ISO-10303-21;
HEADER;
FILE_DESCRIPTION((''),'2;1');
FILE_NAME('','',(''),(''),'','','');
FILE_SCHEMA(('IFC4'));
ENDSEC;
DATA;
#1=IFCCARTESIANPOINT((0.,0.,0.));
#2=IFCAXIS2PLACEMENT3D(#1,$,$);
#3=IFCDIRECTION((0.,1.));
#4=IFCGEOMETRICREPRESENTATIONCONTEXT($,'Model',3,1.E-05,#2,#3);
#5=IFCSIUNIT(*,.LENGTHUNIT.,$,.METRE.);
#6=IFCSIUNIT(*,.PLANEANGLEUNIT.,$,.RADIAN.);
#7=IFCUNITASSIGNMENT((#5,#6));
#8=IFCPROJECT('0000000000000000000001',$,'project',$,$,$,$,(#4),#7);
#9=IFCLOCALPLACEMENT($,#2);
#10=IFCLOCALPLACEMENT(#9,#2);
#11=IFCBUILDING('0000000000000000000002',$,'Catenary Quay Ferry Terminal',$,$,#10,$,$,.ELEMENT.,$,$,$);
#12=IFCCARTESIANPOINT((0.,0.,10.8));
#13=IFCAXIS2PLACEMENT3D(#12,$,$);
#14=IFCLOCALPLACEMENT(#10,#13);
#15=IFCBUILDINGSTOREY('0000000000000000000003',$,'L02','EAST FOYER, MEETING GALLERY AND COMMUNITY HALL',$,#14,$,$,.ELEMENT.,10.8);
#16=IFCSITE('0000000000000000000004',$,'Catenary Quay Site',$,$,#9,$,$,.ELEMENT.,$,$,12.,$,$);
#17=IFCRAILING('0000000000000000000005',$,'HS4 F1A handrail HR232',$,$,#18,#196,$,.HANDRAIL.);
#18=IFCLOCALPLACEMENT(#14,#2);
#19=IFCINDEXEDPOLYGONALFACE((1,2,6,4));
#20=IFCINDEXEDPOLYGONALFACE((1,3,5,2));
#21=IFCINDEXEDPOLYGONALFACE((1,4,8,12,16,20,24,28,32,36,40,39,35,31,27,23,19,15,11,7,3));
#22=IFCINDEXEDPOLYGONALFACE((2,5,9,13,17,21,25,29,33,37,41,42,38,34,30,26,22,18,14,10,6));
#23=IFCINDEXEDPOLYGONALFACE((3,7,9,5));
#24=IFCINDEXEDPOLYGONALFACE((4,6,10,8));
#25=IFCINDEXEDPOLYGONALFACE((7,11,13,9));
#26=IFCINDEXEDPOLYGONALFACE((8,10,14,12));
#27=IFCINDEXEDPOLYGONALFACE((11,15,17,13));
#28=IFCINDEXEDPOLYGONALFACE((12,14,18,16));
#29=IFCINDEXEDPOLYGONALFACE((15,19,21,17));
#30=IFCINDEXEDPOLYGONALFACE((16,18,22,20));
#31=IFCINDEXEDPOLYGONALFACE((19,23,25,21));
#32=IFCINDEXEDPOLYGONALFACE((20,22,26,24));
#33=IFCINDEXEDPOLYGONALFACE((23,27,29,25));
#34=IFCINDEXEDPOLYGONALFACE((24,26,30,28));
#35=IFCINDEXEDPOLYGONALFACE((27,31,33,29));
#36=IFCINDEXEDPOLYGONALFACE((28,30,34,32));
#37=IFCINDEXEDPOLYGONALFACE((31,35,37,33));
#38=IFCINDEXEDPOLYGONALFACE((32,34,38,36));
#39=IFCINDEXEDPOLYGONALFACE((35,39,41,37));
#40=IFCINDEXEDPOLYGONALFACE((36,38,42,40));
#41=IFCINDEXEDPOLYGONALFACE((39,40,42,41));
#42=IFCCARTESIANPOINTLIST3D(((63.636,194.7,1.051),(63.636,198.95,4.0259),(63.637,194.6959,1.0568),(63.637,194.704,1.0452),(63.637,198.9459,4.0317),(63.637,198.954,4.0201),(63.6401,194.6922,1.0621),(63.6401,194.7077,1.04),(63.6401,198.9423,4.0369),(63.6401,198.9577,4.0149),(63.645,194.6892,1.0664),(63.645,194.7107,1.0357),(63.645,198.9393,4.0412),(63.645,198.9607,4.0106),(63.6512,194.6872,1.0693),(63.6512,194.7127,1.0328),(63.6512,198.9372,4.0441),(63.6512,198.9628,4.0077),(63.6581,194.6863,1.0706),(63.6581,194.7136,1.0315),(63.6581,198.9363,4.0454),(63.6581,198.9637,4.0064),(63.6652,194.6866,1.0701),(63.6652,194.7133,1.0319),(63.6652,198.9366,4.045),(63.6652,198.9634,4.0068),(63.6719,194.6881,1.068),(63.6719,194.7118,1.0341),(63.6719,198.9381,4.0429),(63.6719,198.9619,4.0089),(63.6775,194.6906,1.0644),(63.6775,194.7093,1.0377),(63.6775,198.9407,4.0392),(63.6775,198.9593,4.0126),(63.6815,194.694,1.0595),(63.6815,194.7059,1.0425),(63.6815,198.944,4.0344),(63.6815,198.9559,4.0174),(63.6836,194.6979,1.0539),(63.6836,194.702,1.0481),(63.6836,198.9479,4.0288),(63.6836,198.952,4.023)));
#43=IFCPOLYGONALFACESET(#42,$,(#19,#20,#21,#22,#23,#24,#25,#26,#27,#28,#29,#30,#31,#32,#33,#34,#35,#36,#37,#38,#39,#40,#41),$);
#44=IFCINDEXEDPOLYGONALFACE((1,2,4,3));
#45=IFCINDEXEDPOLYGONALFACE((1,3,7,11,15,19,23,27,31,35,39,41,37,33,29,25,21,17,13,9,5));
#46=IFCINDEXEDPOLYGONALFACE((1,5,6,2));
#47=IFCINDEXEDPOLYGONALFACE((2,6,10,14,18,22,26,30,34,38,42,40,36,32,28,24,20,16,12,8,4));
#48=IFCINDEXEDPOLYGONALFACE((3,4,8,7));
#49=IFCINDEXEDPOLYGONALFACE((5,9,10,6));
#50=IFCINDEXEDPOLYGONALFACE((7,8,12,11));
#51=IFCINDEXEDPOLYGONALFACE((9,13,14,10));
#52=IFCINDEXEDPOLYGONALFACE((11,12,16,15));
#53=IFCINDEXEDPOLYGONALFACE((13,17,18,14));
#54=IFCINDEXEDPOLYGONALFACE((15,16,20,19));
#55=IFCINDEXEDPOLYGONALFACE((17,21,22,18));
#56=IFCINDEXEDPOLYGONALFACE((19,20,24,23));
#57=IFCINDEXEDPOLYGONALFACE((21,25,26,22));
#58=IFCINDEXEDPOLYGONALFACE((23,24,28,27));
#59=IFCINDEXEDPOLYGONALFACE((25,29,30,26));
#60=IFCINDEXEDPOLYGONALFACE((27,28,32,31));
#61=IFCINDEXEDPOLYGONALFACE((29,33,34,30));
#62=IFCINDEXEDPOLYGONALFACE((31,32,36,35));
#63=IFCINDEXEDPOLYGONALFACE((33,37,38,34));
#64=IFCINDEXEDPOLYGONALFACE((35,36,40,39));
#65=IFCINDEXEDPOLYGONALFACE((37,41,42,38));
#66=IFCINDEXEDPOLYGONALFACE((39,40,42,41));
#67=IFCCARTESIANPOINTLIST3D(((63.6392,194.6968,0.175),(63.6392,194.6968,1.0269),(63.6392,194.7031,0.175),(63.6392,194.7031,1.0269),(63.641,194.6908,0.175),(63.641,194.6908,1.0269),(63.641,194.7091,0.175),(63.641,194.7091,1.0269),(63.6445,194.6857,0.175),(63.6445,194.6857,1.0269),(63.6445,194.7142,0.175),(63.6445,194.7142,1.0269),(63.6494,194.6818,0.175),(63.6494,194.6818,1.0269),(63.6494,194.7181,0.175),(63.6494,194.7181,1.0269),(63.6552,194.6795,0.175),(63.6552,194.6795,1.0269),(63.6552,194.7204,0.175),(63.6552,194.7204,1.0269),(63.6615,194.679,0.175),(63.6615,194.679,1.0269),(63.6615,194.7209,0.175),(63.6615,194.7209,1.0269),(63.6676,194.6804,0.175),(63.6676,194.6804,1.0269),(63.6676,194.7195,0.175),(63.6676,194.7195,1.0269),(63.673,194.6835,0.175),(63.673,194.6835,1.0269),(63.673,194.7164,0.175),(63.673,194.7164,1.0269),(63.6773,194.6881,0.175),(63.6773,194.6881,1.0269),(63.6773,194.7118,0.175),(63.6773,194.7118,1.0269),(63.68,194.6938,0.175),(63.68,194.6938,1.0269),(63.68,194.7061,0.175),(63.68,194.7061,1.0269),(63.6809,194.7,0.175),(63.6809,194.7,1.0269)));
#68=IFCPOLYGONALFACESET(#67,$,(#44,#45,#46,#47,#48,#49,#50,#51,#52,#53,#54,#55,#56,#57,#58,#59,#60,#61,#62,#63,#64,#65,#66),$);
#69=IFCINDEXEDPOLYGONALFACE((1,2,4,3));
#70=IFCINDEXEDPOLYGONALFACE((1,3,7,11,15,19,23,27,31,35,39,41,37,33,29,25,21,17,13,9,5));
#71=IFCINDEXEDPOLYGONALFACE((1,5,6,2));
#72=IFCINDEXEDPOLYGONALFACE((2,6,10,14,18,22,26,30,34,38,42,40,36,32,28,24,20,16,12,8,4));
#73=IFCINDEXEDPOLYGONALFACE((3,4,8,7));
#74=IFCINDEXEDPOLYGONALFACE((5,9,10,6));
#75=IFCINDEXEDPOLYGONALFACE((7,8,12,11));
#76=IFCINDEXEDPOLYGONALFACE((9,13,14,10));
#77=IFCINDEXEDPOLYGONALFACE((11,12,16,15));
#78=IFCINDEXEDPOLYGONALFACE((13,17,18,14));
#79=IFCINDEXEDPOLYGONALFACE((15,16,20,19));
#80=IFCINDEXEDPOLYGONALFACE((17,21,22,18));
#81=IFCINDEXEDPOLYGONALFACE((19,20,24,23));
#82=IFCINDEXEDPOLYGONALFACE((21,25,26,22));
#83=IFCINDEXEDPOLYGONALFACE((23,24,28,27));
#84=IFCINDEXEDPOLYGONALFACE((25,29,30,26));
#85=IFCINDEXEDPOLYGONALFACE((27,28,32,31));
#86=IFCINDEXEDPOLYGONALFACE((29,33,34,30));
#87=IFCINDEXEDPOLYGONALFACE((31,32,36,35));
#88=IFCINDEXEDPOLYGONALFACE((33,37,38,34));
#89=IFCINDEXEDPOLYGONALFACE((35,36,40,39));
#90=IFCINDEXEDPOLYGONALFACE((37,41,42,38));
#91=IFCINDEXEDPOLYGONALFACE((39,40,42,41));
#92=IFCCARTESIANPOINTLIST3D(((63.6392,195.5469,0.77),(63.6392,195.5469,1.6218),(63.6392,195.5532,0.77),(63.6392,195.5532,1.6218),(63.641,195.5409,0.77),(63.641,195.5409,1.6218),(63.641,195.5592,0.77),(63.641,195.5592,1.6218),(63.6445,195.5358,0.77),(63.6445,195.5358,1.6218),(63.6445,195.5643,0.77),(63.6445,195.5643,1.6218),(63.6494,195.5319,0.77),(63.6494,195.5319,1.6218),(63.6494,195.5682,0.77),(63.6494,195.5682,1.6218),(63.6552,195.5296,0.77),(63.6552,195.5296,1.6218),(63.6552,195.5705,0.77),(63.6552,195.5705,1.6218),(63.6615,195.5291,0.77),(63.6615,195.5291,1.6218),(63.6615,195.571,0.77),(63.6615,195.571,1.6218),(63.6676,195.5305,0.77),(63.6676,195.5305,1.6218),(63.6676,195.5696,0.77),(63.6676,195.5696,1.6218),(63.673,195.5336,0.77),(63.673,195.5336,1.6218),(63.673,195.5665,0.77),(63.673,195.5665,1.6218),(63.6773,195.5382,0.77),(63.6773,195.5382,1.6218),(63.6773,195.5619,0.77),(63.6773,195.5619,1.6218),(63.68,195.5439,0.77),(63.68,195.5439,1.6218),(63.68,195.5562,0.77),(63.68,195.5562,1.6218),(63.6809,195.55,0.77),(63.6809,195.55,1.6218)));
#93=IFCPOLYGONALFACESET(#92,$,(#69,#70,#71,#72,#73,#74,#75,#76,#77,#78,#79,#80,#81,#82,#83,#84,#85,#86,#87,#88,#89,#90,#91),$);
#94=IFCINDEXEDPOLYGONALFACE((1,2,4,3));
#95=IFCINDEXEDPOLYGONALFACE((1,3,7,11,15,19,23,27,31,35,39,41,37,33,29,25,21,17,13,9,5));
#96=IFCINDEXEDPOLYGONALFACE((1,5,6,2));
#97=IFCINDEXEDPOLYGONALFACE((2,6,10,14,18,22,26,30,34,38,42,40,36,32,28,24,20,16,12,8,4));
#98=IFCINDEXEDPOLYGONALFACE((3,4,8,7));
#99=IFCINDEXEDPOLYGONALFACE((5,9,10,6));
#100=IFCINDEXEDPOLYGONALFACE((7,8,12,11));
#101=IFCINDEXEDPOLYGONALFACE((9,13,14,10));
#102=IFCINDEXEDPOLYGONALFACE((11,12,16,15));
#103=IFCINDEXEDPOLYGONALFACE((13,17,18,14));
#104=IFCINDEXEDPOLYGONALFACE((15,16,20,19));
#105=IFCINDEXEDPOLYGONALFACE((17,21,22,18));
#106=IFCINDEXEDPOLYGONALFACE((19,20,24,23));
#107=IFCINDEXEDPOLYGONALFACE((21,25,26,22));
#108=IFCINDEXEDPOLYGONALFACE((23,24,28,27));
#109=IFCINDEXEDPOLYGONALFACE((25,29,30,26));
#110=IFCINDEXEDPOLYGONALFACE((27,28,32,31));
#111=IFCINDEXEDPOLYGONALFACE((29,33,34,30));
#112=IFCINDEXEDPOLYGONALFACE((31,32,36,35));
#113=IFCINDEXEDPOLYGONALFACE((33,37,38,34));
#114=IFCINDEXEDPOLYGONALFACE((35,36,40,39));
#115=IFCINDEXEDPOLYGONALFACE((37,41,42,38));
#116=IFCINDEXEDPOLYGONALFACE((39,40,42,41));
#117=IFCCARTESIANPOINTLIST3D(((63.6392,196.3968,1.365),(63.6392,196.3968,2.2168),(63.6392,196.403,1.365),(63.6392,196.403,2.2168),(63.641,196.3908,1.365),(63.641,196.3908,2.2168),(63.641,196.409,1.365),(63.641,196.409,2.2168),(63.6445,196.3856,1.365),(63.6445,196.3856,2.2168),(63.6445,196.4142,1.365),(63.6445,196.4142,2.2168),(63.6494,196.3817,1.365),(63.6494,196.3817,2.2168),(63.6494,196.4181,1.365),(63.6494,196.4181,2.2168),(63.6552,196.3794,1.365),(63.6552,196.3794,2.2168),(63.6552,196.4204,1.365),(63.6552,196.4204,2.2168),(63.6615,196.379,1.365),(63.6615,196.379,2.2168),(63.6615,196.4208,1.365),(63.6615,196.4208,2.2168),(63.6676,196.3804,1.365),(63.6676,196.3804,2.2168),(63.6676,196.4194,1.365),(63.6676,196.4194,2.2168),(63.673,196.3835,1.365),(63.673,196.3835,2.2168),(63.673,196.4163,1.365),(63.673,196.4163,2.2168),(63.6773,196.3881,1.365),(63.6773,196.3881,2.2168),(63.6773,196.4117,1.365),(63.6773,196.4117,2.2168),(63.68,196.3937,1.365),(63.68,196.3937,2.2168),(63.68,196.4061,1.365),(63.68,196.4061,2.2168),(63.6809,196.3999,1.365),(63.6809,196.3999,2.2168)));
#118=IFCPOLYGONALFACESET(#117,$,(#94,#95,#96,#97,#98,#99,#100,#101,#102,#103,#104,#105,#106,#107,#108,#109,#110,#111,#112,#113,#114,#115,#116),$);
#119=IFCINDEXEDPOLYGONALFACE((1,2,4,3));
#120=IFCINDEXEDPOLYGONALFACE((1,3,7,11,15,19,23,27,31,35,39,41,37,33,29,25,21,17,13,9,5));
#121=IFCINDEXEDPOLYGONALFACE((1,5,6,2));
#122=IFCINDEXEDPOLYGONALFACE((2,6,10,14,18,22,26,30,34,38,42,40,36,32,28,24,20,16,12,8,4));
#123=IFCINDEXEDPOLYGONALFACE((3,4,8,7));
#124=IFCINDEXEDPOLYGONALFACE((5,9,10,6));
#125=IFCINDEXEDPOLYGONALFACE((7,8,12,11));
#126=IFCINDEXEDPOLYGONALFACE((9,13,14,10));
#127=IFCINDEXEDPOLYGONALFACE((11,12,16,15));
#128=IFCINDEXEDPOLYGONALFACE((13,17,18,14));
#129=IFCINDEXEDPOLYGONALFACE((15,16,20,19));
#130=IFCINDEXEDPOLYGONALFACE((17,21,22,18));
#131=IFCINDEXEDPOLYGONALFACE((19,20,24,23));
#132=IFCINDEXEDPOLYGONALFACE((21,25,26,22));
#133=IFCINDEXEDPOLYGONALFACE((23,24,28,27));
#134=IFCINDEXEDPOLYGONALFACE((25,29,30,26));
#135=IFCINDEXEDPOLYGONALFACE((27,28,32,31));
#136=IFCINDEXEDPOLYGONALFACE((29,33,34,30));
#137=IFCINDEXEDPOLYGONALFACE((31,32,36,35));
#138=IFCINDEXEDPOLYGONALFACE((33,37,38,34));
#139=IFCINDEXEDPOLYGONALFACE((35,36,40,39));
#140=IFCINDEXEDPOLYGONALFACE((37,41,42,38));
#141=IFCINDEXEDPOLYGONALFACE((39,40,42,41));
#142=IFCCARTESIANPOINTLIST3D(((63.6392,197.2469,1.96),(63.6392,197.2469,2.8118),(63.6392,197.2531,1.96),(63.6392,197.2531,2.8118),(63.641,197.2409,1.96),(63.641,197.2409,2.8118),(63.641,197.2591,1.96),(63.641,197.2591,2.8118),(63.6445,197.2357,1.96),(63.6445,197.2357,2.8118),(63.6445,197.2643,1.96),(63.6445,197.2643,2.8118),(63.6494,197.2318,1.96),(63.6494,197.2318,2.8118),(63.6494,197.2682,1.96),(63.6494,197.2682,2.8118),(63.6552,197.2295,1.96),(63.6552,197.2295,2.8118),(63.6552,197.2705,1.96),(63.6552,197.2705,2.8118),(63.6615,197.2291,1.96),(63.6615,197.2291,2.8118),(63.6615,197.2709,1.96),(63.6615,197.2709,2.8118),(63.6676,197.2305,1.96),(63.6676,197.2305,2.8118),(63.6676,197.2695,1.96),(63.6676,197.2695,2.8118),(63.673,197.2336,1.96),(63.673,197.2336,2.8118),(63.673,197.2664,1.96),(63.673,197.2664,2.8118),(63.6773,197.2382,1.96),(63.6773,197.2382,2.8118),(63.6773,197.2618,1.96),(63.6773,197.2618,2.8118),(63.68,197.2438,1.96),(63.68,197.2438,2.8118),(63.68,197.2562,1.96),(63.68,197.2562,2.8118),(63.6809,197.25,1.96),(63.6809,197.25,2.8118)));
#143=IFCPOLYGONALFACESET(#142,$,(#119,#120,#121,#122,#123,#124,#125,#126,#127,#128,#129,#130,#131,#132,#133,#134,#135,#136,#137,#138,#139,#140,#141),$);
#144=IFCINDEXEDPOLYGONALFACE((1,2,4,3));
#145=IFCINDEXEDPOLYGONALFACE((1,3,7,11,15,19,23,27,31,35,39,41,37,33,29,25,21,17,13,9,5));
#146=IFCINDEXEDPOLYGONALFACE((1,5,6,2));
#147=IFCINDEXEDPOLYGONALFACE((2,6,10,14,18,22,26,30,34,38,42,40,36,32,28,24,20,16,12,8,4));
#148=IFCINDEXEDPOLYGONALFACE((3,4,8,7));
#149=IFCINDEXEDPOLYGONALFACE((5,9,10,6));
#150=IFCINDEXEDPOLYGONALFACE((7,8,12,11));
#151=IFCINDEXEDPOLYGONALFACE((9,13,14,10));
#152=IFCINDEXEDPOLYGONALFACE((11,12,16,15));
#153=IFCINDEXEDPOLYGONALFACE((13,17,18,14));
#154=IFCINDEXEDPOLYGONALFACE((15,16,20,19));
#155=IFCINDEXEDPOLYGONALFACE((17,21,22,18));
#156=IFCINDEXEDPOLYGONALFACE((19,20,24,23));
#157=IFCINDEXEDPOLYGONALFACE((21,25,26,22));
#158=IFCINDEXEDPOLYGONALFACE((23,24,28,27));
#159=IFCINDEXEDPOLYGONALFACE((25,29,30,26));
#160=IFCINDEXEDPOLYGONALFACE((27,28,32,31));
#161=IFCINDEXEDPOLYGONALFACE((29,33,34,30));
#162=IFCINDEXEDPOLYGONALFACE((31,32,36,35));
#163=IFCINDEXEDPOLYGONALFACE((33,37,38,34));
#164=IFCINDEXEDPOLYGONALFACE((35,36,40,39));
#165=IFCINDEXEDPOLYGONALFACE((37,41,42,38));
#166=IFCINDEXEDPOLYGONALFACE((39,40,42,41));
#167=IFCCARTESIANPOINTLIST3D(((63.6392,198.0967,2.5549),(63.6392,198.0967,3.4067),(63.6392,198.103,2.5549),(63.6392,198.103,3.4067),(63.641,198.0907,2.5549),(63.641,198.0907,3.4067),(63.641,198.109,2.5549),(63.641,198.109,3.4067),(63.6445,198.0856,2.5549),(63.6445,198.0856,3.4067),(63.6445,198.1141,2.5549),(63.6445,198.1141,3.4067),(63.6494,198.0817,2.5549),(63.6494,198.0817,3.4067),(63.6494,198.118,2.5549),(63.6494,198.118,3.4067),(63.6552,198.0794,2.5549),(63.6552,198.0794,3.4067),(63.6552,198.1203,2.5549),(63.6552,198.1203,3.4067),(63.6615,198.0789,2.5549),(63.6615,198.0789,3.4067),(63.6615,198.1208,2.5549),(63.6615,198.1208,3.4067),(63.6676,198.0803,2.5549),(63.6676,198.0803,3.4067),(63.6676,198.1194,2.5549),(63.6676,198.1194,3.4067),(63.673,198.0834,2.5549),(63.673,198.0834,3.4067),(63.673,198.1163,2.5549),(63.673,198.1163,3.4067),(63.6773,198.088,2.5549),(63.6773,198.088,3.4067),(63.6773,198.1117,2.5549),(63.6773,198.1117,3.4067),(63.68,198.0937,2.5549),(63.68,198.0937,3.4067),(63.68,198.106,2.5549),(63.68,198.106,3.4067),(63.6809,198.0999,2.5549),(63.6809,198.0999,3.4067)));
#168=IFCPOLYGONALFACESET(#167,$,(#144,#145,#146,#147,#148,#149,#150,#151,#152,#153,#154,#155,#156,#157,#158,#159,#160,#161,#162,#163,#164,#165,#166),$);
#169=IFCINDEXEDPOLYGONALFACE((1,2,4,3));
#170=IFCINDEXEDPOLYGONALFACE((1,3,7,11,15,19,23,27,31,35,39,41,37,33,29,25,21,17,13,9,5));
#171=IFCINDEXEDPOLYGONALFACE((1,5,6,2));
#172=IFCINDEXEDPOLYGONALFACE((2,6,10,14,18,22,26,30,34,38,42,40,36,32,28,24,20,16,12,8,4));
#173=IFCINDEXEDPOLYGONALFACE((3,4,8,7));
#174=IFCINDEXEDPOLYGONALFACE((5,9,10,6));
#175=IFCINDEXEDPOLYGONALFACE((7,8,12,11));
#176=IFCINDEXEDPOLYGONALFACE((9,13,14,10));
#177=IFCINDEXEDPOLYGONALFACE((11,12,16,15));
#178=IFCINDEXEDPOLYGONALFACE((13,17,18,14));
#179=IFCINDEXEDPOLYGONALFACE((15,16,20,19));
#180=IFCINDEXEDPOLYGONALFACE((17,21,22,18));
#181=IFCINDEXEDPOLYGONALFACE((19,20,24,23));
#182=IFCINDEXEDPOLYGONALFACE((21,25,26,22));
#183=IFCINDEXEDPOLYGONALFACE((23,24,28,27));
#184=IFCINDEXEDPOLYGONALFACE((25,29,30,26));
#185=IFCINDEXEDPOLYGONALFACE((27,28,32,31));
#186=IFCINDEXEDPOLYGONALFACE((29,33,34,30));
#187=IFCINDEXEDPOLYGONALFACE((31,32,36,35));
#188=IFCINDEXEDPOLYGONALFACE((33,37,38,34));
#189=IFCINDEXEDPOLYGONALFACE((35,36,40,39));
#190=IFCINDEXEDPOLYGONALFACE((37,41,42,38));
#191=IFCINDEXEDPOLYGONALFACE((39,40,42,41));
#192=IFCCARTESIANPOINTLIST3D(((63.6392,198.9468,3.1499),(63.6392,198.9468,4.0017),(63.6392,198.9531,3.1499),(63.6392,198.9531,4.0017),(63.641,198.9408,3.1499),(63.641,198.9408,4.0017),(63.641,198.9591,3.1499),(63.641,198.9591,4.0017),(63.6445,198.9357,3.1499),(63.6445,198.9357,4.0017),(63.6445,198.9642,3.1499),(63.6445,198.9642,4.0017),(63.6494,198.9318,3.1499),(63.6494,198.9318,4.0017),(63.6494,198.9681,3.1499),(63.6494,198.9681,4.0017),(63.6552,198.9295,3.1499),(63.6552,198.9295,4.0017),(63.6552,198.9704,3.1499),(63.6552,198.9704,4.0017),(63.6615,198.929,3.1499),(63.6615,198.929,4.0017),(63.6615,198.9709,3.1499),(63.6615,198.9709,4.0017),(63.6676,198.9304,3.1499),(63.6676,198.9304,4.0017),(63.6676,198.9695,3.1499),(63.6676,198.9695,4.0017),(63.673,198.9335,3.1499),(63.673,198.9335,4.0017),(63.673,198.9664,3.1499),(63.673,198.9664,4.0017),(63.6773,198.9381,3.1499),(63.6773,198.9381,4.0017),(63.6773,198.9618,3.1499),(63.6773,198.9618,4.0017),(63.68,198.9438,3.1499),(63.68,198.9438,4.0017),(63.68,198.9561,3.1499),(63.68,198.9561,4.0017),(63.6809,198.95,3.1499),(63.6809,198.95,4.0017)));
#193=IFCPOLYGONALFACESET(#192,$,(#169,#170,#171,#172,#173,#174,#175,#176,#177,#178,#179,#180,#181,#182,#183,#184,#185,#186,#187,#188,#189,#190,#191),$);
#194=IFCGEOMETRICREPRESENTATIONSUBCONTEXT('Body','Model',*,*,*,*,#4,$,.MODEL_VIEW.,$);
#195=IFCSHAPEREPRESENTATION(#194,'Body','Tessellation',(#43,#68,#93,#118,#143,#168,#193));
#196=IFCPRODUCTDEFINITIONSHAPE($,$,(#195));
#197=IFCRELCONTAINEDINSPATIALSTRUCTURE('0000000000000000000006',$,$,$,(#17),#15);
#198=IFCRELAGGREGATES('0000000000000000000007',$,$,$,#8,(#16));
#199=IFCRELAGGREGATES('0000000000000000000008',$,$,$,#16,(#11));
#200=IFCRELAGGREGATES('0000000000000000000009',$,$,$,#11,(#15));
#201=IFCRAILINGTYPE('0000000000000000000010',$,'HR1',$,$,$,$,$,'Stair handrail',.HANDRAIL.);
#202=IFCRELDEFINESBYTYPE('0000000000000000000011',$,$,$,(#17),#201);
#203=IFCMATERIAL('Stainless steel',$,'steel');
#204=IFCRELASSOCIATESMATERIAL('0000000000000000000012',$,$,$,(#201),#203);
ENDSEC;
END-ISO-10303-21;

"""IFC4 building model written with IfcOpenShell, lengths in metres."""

from ifc_helpers import new_model, si_unit, direction, frame, origin, origin_2d, place, context, subcontext, project, spatial, circle, extrude, material, type_object, element, save


model = new_model("IFC4")

# Units and contexts
model_context = context("Model", 3, precision=1e-05, world=origin(), true_north=direction((0.0, 1.0)))
body_context = subcontext(model_context, "Body", "Model", "MODEL_VIEW")
ifc_project = project(units=[si_unit("LENGTHUNIT", "METRE"), si_unit("PLANEANGLEUNIT", "RADIAN")], contexts=[model_context])

# Site, building, storey
site_placement = place(None, origin())
site = spatial("IfcSite", under=ifc_project, at=site_placement, Name="Catenary Quay Site", CompositionType="ELEMENT", RefElevation=12.0)
building_placement = place(site_placement, origin())
building = spatial("IfcBuilding", under=site, at=building_placement, Name="Catenary Quay Ferry Terminal", CompositionType="ELEMENT")
storey_placement = place(building_placement, frame((0.0, 0.0, 10.8)))
storey = spatial("IfcBuildingStorey", under=building, at=storey_placement, Name="L02", Description="EAST FOYER, MEETING GALLERY AND COMMUNITY HALL", CompositionType="ELEMENT", Elevation=10.8)

# Railing
ifc_material_1 = material(Name="Stainless steel", Category="steel")
railing_type_1 = type_object("IfcRailingType", Name="HR1", ElementType="Stair handrail", PredefinedType="HANDRAIL", material=ifc_material_1)
for number, where, name in (
    (1, (63.6599, 194.7, 0.175), "HS4 F1A handrail HR232"),
):
    element("IfcRailing", number, at=place(storey_placement, frame(where)), inside=storey, type_object=railing_type_1, Name=name, PredefinedType="HANDRAIL", context=body_context, shape_type="SweptSolid", body=[
        extrude(circle(Radius=0.0239, at=origin_2d()), frame((0.0, 0.0, 0.876), z_axis=(0.0, 0.819245, 0.573443), x_axis=(-1.0, 0.0, 0.0)), (0.0, 0.0, 1.0), 5.1877),
        extrude(circle(Radius=0.021, at=origin_2d()), origin(), (0.0, 0.0, 1.0), 0.8518),
        extrude(circle(Radius=0.021, at=origin_2d()), frame((0.0, 0.8501, 0.595)), (0.0, 0.0, 1.0), 0.8518),
        extrude(circle(Radius=0.021, at=origin_2d()), frame((0.0, 1.7, 1.1899)), (0.0, 0.0, 1.0), 0.8518),
        extrude(circle(Radius=0.021, at=origin_2d()), frame((0.0, 2.55, 1.7849)), (0.0, 0.0, 1.0), 0.8518),
        extrude(circle(Radius=0.021, at=origin_2d()), frame((0.0, 3.3999, 2.3799)), (0.0, 0.0, 1.0), 0.8518),
        extrude(circle(Radius=0.021, at=origin_2d()), frame((0.0, 4.25, 2.9749)), (0.0, 0.0, 1.0), 0.8518),
    ])

save(model, "model.ifc")
